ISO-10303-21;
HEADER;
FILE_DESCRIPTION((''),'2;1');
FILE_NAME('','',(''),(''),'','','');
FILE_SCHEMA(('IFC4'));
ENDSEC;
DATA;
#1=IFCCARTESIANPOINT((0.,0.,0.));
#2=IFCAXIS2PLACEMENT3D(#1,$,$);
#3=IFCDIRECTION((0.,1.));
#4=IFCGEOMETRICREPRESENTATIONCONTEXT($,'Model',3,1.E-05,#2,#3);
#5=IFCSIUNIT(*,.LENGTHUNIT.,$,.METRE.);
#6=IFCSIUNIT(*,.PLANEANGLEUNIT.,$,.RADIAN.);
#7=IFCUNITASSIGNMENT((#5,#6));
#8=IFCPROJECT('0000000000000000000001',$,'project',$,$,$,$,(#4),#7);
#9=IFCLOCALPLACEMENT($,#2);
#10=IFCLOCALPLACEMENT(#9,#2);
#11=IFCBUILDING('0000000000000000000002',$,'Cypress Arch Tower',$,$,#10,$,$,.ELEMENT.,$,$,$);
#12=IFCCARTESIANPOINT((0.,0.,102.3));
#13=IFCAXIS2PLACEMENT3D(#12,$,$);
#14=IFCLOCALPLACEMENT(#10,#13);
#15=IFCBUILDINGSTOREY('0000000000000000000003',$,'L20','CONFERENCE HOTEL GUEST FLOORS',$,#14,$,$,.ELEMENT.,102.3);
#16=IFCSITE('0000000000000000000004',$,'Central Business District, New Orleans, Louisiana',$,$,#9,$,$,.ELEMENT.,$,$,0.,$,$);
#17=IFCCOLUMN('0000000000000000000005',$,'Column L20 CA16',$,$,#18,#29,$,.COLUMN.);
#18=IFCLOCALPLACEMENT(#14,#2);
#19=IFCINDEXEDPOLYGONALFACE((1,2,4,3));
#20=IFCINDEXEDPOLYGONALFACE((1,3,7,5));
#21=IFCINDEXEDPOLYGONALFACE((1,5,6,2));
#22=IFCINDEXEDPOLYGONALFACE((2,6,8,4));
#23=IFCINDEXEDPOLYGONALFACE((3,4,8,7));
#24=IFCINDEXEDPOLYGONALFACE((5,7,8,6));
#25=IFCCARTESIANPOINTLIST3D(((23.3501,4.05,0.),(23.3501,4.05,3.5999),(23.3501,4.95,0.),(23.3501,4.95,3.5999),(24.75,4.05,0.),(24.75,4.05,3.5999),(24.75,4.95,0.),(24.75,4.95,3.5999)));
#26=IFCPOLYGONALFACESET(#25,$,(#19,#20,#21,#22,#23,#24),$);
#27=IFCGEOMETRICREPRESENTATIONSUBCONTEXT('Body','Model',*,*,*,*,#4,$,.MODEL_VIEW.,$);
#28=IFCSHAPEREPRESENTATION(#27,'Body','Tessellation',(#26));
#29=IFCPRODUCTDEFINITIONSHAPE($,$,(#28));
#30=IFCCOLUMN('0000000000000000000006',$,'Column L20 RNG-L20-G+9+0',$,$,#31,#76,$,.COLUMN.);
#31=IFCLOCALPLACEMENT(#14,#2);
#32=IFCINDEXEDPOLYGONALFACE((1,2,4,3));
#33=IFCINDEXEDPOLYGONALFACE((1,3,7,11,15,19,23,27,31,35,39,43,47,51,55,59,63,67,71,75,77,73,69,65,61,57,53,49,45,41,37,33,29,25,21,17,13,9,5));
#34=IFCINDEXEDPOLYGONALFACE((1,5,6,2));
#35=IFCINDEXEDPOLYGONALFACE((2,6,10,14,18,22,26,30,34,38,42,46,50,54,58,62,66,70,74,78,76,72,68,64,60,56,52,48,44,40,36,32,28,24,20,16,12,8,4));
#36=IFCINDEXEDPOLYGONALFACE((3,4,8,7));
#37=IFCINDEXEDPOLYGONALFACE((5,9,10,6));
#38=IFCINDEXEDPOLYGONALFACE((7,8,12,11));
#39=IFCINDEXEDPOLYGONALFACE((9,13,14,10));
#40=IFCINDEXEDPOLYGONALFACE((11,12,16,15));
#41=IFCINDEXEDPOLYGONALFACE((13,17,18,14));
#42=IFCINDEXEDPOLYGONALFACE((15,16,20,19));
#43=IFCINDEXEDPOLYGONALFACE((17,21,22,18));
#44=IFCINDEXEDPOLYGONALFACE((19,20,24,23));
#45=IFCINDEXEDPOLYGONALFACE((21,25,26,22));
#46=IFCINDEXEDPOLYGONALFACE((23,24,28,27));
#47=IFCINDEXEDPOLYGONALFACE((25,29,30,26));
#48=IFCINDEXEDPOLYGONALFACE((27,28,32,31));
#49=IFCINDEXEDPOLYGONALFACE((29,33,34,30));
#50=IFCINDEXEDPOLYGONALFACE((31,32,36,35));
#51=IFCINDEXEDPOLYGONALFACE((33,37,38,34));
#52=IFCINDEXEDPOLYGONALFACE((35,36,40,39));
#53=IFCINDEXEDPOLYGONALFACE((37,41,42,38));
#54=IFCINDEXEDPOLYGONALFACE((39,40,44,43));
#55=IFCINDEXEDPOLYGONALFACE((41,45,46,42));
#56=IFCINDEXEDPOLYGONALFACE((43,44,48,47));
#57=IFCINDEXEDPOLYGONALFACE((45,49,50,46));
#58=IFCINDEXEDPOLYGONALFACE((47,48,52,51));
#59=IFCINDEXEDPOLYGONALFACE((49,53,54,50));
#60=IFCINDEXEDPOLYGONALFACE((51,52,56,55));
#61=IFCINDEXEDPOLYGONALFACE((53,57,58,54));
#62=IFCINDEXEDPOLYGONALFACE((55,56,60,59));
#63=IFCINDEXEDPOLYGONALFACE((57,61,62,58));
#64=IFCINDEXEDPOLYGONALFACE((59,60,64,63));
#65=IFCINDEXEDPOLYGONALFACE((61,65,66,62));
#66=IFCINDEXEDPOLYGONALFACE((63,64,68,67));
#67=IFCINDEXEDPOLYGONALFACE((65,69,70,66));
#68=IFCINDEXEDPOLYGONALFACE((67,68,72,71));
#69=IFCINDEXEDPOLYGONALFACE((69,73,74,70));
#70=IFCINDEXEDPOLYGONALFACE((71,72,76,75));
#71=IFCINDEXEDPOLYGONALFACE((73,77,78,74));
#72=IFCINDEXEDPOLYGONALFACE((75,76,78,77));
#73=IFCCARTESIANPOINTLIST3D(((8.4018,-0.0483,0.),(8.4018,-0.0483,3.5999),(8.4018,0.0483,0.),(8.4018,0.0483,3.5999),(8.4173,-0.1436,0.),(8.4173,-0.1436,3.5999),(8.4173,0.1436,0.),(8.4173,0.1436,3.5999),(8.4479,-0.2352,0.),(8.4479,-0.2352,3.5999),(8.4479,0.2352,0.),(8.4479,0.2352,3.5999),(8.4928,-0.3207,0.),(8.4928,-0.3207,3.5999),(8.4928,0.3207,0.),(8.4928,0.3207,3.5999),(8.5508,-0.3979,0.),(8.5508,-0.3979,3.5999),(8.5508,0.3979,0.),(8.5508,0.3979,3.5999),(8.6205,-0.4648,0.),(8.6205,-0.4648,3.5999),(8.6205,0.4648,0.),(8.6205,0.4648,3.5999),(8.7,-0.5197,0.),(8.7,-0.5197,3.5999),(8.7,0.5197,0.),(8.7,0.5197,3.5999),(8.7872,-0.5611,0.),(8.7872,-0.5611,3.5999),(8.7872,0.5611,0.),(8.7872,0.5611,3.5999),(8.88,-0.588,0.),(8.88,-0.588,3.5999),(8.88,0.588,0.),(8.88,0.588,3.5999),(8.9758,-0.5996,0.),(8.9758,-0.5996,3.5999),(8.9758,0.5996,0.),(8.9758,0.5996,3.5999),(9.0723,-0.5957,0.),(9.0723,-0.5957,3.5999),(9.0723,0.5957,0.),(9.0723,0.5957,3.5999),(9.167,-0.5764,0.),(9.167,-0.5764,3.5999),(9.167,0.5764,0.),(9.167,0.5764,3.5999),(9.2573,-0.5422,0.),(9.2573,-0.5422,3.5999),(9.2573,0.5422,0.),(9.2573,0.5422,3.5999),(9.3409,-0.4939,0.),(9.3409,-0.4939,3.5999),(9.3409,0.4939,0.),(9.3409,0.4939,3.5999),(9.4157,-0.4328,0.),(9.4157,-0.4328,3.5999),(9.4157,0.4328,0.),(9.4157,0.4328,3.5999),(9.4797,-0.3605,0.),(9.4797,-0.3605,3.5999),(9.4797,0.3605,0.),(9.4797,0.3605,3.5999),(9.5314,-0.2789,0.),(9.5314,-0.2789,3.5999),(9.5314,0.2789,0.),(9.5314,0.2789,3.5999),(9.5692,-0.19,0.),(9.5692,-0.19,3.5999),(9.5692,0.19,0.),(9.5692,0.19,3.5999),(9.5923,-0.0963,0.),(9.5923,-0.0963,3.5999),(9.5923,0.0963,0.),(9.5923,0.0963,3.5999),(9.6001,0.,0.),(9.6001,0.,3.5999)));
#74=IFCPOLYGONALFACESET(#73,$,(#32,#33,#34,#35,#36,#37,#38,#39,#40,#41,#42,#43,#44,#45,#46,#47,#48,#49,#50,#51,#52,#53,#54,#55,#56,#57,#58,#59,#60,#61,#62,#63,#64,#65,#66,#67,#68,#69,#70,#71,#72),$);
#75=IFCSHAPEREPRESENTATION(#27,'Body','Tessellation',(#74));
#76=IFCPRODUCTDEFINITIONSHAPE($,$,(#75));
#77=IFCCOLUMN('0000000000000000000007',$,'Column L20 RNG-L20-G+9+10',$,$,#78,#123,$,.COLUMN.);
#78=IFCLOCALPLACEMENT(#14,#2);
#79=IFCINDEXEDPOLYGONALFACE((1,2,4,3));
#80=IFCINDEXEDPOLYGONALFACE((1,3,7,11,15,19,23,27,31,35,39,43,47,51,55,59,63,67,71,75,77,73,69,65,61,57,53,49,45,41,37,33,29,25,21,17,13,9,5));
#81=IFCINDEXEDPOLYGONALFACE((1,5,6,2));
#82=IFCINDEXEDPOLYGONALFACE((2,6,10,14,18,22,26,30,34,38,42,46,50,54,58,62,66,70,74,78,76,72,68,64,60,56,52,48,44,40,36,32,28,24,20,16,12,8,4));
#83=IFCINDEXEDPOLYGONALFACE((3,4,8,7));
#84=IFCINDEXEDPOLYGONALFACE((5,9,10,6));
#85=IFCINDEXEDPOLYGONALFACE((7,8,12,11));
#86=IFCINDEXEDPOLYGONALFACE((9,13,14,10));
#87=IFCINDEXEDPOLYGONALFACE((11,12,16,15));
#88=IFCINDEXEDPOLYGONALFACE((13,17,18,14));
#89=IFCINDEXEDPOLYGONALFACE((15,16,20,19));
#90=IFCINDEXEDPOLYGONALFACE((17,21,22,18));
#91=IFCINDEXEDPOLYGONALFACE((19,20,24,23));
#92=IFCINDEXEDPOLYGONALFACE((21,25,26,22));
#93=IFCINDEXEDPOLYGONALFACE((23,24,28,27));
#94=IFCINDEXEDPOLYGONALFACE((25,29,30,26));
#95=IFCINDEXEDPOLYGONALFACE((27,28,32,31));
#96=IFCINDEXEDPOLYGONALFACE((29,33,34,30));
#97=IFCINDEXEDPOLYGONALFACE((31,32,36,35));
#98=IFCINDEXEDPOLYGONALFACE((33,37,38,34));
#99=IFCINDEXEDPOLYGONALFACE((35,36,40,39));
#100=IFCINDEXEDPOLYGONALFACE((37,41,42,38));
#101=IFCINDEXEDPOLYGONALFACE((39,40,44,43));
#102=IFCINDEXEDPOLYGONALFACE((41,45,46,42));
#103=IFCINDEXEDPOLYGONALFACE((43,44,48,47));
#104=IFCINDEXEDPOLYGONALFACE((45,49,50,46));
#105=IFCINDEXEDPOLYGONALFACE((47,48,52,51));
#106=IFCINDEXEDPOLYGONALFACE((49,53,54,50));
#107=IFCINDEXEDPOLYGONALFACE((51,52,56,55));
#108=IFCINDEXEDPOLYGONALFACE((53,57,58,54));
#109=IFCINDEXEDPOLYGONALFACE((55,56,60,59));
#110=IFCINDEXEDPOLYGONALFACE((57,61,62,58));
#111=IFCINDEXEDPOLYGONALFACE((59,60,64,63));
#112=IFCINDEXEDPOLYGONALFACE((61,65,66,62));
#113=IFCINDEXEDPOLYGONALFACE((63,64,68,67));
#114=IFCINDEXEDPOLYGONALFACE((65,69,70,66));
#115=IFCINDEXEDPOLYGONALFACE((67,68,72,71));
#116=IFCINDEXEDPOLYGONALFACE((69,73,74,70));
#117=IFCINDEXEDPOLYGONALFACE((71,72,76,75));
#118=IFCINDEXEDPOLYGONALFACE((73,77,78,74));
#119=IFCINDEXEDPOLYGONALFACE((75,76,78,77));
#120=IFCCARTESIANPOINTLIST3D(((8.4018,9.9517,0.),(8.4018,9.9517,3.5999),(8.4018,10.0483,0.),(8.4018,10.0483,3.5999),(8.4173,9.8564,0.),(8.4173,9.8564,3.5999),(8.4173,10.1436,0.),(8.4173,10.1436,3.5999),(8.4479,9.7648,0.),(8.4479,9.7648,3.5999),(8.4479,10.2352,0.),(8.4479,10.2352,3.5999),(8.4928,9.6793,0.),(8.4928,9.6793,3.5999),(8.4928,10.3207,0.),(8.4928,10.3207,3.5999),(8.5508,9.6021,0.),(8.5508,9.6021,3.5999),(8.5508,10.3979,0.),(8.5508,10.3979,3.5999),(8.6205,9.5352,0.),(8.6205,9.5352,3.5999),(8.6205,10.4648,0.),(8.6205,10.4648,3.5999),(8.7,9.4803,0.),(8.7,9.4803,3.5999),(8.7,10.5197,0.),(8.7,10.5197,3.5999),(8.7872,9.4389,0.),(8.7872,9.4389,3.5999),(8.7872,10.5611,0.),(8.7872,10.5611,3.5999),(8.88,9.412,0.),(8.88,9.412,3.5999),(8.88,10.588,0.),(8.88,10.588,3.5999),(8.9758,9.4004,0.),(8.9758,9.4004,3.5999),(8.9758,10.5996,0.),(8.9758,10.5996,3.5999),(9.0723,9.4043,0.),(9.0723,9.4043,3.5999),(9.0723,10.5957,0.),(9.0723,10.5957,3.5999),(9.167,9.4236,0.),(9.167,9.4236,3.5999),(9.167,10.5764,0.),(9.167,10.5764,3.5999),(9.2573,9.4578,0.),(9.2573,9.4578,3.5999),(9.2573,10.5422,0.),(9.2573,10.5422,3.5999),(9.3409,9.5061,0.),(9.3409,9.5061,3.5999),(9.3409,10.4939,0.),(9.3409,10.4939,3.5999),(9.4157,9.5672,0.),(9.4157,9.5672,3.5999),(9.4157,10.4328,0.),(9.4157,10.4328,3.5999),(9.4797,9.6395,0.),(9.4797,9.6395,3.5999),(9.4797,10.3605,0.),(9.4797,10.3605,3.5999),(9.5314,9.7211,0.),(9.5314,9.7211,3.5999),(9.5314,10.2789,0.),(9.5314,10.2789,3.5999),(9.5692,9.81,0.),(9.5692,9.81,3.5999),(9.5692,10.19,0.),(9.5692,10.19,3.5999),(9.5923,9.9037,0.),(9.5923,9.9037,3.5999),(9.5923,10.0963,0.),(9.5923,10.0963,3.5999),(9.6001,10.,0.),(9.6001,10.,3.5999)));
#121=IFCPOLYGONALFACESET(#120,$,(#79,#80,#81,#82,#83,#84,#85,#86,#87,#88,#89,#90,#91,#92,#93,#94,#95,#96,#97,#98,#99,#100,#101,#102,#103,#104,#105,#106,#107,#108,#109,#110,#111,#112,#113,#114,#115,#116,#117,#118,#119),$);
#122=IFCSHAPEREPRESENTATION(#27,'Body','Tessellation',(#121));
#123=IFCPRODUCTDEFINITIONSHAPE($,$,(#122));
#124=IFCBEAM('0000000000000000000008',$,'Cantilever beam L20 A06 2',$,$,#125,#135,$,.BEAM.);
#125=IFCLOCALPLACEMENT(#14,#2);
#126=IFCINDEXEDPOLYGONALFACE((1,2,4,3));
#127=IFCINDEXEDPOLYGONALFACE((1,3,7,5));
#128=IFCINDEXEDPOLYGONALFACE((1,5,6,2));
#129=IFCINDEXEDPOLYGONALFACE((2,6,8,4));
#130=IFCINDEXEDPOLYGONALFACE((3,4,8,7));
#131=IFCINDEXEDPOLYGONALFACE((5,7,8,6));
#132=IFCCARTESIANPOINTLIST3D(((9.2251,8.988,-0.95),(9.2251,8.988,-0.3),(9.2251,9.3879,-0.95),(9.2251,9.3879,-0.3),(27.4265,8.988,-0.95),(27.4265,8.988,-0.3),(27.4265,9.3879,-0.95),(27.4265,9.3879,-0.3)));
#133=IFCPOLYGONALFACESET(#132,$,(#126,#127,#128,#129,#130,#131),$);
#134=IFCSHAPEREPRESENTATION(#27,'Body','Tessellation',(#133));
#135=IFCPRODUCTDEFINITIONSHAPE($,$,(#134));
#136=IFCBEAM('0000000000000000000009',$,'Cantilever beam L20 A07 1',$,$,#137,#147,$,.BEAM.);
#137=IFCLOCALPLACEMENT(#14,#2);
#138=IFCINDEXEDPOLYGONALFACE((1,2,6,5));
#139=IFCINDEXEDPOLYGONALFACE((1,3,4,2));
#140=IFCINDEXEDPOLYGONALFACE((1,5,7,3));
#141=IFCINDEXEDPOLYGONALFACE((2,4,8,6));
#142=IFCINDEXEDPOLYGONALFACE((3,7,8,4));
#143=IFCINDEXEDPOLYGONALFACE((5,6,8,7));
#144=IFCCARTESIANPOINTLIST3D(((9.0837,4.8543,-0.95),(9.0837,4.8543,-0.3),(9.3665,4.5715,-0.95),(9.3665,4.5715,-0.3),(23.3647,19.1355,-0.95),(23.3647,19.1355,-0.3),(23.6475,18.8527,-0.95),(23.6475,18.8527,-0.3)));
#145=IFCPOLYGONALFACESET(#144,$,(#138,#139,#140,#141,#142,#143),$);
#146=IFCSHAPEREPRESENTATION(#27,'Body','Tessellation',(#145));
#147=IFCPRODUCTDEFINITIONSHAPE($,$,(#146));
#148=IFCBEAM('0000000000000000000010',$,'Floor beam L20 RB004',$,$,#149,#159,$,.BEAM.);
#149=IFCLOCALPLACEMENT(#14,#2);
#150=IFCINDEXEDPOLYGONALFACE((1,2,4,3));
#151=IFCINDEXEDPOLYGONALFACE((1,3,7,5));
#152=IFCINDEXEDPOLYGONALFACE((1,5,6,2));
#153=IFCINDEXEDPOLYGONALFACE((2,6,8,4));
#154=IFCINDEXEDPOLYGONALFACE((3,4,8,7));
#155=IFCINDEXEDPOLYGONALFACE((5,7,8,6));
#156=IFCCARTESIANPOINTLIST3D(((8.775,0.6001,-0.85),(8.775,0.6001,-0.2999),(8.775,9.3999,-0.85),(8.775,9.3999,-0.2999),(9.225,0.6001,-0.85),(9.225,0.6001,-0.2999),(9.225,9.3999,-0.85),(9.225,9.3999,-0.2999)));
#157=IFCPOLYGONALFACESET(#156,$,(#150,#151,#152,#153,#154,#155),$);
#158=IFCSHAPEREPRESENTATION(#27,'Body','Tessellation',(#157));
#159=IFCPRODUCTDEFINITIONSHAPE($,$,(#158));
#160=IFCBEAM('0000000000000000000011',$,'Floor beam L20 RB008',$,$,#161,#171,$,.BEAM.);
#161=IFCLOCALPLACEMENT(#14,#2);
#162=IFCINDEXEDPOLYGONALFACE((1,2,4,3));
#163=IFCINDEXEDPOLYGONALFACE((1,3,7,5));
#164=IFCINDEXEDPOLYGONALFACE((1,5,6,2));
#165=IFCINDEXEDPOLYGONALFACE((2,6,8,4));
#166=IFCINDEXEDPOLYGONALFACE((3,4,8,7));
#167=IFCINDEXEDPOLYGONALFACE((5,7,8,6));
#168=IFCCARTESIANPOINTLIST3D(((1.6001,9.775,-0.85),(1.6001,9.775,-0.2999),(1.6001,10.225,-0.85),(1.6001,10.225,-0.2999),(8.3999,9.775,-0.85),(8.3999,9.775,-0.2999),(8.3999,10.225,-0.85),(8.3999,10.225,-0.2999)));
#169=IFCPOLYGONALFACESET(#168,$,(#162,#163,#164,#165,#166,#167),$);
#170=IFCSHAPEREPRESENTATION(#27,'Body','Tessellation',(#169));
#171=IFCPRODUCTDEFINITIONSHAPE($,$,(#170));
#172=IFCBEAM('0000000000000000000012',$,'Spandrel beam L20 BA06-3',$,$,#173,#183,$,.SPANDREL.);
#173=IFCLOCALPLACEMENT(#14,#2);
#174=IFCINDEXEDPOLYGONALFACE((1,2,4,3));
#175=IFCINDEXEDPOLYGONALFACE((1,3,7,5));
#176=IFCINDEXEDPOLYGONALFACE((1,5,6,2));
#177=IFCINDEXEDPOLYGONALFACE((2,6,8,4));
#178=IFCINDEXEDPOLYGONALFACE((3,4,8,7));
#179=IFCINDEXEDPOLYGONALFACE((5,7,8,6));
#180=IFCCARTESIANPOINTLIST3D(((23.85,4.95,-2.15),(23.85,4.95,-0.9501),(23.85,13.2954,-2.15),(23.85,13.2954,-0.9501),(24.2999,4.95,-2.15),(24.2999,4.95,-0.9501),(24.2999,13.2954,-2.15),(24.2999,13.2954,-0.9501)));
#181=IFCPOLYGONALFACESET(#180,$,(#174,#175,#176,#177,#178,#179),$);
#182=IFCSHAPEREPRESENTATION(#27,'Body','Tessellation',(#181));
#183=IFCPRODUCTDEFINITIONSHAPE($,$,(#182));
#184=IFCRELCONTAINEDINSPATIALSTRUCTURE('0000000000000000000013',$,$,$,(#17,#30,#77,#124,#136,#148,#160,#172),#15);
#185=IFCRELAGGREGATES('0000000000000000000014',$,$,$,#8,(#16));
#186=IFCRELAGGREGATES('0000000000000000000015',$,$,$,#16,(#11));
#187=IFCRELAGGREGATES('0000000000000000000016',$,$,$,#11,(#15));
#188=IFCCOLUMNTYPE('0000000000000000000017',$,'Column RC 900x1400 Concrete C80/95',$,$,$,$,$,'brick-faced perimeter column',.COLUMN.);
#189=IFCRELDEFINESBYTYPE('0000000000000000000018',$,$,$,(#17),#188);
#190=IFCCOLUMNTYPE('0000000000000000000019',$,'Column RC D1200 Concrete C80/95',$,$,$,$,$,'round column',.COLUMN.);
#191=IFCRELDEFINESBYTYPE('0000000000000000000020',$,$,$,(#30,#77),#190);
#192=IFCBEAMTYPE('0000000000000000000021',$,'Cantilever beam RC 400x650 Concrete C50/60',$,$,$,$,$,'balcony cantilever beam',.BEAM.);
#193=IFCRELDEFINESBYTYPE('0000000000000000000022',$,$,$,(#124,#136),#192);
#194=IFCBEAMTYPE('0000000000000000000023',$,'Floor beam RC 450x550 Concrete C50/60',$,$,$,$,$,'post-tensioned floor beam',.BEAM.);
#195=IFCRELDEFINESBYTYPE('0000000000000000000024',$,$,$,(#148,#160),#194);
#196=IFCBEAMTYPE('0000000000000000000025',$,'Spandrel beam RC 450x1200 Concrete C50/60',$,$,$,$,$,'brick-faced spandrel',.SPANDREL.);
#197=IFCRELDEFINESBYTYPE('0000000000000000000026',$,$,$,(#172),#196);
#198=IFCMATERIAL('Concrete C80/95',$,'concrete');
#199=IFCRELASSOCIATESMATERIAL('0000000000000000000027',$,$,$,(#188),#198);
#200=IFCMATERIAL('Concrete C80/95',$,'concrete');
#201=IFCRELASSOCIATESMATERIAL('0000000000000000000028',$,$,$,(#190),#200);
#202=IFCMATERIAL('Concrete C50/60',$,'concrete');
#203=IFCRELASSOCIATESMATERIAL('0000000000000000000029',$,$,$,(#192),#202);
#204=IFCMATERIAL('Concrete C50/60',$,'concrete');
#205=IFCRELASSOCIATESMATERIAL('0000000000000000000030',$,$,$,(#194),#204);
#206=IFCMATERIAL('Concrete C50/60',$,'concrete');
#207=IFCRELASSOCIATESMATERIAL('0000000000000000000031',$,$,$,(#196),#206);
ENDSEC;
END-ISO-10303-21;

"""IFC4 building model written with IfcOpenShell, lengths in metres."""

from ifc_helpers import new_model, si_unit, direction, frame, origin, origin_2d, place, context, subcontext, project, spatial, rectangle, circle, extrude, material, material_profile, profile_set, type_object, element, save


model = new_model("IFC4")

# Units and contexts
model_context = context("Model", 3, precision=1e-05, world=origin(), true_north=direction((0.0, 1.0)))
body_context = subcontext(model_context, "Body", "Model", "MODEL_VIEW")
ifc_project = project(units=[si_unit("LENGTHUNIT", "METRE"), si_unit("PLANEANGLEUNIT", "RADIAN")], contexts=[model_context])

# Site, building, storey
site_placement = place(None, origin())
site = spatial("IfcSite", under=ifc_project, at=site_placement, Name="Central Business District, New Orleans, Louisiana", CompositionType="ELEMENT", RefElevation=0.0)
building_placement = place(site_placement, origin())
building = spatial("IfcBuilding", under=site, at=building_placement, Name="Cypress Arch Tower", CompositionType="ELEMENT")
storey_placement = place(building_placement, frame((0.0, 0.0, 102.3)))
storey = spatial("IfcBuildingStorey", under=building, at=storey_placement, Name="L20", Description="CONFERENCE HOTEL GUEST FLOORS", CompositionType="ELEMENT", Elevation=102.3)

# Columns
ifc_material_1 = material(Name="Concrete C80/95", Category="concrete")
ifc_material_profile_1 = material_profile(ifc_material_1, rectangle(XDim=0.8999, YDim=1.3999, at=origin_2d()), Name="RC 900x1400")
ifc_profile_set_1 = profile_set([ifc_material_profile_1], Name="Concrete C80/95")
column_type_1 = type_object("IfcColumnType", Name="Column RC 900x1400 Concrete C80/95", ElementType="brick-faced perimeter column", PredefinedType="COLUMN", material=ifc_profile_set_1)
column_placement = place(storey_placement, frame((24.05, 4.5, 0.0), z_axis=(0.0, 0.0, 1.0), x_axis=(0.0, 1.0, 0.0)))
element("IfcColumn", 1, at=column_placement, inside=storey, type_object=column_type_1, Name="Column L20 CA16", PredefinedType="COLUMN", context=body_context, shape_type="SweptSolid", body=[
    extrude(rectangle(XDim=0.8999, YDim=1.3999, at=origin_2d()), origin(), (0.0, 0.0, 1.0), 3.5999),
])
ifc_material_2 = material(Name="Concrete C80/95", Category="concrete")
ifc_material_profile_2 = material_profile(ifc_material_2, circle(Radius=0.6001, at=origin_2d()), Name="RC D1200")
ifc_profile_set_2 = profile_set([ifc_material_profile_2], Name="Concrete C80/95")
column_type_2 = type_object("IfcColumnType", Name="Column RC D1200 Concrete C80/95", ElementType="round column", PredefinedType="COLUMN", material=ifc_profile_set_2)
for number, where, z_axis, x_axis, name in (
    (2, (9.0, 0.0, 0.0), (0.0, 0.0, 1.0), (1.0, 0.0, 0.0), "Column L20 RNG-L20-G+9+0"),
    (3, (9.0, 10.0, 0.0), (0.0, 0.0, 1.0), (1.0, 0.0, 0.0), "Column L20 RNG-L20-G+9+10"),
):
    element("IfcColumn", number, at=place(storey_placement, frame(where, z_axis=z_axis, x_axis=x_axis)), inside=storey, type_object=column_type_2, Name=name, PredefinedType="COLUMN", context=body_context, shape_type="SweptSolid", body=[
        extrude(circle(Radius=0.6001, at=origin_2d()), origin(), (0.0, 0.0, 1.0), 3.5999),
    ])

# Beams
ifc_material_3 = material(Name="Concrete C50/60", Category="concrete")
ifc_material_profile_3 = material_profile(ifc_material_3, rectangle(XDim=0.3999, YDim=0.6499, at=origin_2d()), Name="RC 400x650")
ifc_profile_set_3 = profile_set([ifc_material_profile_3], Name="Concrete C50/60")
beam_type_1 = type_object("IfcBeamType", Name="Cantilever beam RC 400x650 Concrete C50/60", ElementType="balcony cantilever beam", PredefinedType="BEAM", material=ifc_profile_set_3)
beam_1_placement = place(storey_placement, frame((9.2251, 9.188, -0.625), z_axis=(1.0, 0.0, 0.0), x_axis=(0.0, 1.0, 0.0)))
element("IfcBeam", 4, at=beam_1_placement, inside=storey, type_object=beam_type_1, Name="Cantilever beam L20 A06 2", PredefinedType="BEAM", context=body_context, shape_type="SweptSolid", body=[
    extrude(rectangle(XDim=0.3999, YDim=0.6499, at=origin_2d()), origin(), (0.0, 0.0, 1.0), 18.2014),
])
beam_2_placement = place(storey_placement, frame((9.2251, 4.7129, -0.625), z_axis=(0.707101, 0.707113, 0.0), x_axis=(-0.707113, 0.707101, 0.0)))
element("IfcBeam", 5, at=beam_2_placement, inside=storey, type_object=beam_type_1, Name="Cantilever beam L20 A07 1", PredefinedType="BEAM", context=body_context, shape_type="SweptSolid", body=[
    extrude(rectangle(XDim=0.3999, YDim=0.6499, at=origin_2d()), origin(), (0.0, 0.0, 1.0), 20.1965),
])
ifc_material_4 = material(Name="Concrete C50/60", Category="concrete")
ifc_material_profile_4 = material_profile(ifc_material_4, rectangle(XDim=0.45, YDim=0.55, at=origin_2d()), Name="RC 450x550")
ifc_profile_set_4 = profile_set([ifc_material_profile_4], Name="Concrete C50/60")
beam_type_2 = type_object("IfcBeamType", Name="Floor beam RC 450x550 Concrete C50/60", ElementType="post-tensioned floor beam", PredefinedType="BEAM", material=ifc_profile_set_4)
beam_3_placement = place(storey_placement, frame((9.0, 0.6001, -0.575), z_axis=(0.0, 1.0, 0.0), x_axis=(-1.0, 0.0, 0.0)))
element("IfcBeam", 6, at=beam_3_placement, inside=storey, type_object=beam_type_2, Name="Floor beam L20 RB004", PredefinedType="BEAM", context=body_context, shape_type="SweptSolid", body=[
    extrude(rectangle(XDim=0.45, YDim=0.55, at=origin_2d()), origin(), (0.0, 0.0, 1.0), 8.7998),
])
beam_4_placement = place(storey_placement, frame((1.6001, 10.0, -0.575), z_axis=(1.0, 0.0, 0.0), x_axis=(0.0, 1.0, 0.0)))
element("IfcBeam", 7, at=beam_4_placement, inside=storey, type_object=beam_type_2, Name="Floor beam L20 RB008", PredefinedType="BEAM", context=body_context, shape_type="SweptSolid", body=[
    extrude(rectangle(XDim=0.45, YDim=0.55, at=origin_2d()), origin(), (0.0, 0.0, 1.0), 6.7998),
])
ifc_material_5 = material(Name="Concrete C50/60", Category="concrete")
ifc_material_profile_5 = material_profile(ifc_material_5, rectangle(XDim=0.45, YDim=1.2, at=origin_2d()), Name="RC 450x1200")
ifc_profile_set_5 = profile_set([ifc_material_profile_5], Name="Concrete C50/60")
beam_type_3 = type_object("IfcBeamType", Name="Spandrel beam RC 450x1200 Concrete C50/60", ElementType="brick-faced spandrel", PredefinedType="SPANDREL", material=ifc_profile_set_5)
beam_5_placement = place(storey_placement, frame((24.075, 4.95, -1.55), z_axis=(0.0, 1.0, 0.0), x_axis=(-1.0, 0.0, 0.0)))
element("IfcBeam", 8, at=beam_5_placement, inside=storey, type_object=beam_type_3, Name="Spandrel beam L20 BA06-3", PredefinedType="SPANDREL", context=body_context, shape_type="SweptSolid", body=[
    extrude(rectangle(XDim=0.45, YDim=1.2, at=origin_2d()), origin(), (0.0, 0.0, 1.0), 8.3455),
])

save(model, "model.ifc")
